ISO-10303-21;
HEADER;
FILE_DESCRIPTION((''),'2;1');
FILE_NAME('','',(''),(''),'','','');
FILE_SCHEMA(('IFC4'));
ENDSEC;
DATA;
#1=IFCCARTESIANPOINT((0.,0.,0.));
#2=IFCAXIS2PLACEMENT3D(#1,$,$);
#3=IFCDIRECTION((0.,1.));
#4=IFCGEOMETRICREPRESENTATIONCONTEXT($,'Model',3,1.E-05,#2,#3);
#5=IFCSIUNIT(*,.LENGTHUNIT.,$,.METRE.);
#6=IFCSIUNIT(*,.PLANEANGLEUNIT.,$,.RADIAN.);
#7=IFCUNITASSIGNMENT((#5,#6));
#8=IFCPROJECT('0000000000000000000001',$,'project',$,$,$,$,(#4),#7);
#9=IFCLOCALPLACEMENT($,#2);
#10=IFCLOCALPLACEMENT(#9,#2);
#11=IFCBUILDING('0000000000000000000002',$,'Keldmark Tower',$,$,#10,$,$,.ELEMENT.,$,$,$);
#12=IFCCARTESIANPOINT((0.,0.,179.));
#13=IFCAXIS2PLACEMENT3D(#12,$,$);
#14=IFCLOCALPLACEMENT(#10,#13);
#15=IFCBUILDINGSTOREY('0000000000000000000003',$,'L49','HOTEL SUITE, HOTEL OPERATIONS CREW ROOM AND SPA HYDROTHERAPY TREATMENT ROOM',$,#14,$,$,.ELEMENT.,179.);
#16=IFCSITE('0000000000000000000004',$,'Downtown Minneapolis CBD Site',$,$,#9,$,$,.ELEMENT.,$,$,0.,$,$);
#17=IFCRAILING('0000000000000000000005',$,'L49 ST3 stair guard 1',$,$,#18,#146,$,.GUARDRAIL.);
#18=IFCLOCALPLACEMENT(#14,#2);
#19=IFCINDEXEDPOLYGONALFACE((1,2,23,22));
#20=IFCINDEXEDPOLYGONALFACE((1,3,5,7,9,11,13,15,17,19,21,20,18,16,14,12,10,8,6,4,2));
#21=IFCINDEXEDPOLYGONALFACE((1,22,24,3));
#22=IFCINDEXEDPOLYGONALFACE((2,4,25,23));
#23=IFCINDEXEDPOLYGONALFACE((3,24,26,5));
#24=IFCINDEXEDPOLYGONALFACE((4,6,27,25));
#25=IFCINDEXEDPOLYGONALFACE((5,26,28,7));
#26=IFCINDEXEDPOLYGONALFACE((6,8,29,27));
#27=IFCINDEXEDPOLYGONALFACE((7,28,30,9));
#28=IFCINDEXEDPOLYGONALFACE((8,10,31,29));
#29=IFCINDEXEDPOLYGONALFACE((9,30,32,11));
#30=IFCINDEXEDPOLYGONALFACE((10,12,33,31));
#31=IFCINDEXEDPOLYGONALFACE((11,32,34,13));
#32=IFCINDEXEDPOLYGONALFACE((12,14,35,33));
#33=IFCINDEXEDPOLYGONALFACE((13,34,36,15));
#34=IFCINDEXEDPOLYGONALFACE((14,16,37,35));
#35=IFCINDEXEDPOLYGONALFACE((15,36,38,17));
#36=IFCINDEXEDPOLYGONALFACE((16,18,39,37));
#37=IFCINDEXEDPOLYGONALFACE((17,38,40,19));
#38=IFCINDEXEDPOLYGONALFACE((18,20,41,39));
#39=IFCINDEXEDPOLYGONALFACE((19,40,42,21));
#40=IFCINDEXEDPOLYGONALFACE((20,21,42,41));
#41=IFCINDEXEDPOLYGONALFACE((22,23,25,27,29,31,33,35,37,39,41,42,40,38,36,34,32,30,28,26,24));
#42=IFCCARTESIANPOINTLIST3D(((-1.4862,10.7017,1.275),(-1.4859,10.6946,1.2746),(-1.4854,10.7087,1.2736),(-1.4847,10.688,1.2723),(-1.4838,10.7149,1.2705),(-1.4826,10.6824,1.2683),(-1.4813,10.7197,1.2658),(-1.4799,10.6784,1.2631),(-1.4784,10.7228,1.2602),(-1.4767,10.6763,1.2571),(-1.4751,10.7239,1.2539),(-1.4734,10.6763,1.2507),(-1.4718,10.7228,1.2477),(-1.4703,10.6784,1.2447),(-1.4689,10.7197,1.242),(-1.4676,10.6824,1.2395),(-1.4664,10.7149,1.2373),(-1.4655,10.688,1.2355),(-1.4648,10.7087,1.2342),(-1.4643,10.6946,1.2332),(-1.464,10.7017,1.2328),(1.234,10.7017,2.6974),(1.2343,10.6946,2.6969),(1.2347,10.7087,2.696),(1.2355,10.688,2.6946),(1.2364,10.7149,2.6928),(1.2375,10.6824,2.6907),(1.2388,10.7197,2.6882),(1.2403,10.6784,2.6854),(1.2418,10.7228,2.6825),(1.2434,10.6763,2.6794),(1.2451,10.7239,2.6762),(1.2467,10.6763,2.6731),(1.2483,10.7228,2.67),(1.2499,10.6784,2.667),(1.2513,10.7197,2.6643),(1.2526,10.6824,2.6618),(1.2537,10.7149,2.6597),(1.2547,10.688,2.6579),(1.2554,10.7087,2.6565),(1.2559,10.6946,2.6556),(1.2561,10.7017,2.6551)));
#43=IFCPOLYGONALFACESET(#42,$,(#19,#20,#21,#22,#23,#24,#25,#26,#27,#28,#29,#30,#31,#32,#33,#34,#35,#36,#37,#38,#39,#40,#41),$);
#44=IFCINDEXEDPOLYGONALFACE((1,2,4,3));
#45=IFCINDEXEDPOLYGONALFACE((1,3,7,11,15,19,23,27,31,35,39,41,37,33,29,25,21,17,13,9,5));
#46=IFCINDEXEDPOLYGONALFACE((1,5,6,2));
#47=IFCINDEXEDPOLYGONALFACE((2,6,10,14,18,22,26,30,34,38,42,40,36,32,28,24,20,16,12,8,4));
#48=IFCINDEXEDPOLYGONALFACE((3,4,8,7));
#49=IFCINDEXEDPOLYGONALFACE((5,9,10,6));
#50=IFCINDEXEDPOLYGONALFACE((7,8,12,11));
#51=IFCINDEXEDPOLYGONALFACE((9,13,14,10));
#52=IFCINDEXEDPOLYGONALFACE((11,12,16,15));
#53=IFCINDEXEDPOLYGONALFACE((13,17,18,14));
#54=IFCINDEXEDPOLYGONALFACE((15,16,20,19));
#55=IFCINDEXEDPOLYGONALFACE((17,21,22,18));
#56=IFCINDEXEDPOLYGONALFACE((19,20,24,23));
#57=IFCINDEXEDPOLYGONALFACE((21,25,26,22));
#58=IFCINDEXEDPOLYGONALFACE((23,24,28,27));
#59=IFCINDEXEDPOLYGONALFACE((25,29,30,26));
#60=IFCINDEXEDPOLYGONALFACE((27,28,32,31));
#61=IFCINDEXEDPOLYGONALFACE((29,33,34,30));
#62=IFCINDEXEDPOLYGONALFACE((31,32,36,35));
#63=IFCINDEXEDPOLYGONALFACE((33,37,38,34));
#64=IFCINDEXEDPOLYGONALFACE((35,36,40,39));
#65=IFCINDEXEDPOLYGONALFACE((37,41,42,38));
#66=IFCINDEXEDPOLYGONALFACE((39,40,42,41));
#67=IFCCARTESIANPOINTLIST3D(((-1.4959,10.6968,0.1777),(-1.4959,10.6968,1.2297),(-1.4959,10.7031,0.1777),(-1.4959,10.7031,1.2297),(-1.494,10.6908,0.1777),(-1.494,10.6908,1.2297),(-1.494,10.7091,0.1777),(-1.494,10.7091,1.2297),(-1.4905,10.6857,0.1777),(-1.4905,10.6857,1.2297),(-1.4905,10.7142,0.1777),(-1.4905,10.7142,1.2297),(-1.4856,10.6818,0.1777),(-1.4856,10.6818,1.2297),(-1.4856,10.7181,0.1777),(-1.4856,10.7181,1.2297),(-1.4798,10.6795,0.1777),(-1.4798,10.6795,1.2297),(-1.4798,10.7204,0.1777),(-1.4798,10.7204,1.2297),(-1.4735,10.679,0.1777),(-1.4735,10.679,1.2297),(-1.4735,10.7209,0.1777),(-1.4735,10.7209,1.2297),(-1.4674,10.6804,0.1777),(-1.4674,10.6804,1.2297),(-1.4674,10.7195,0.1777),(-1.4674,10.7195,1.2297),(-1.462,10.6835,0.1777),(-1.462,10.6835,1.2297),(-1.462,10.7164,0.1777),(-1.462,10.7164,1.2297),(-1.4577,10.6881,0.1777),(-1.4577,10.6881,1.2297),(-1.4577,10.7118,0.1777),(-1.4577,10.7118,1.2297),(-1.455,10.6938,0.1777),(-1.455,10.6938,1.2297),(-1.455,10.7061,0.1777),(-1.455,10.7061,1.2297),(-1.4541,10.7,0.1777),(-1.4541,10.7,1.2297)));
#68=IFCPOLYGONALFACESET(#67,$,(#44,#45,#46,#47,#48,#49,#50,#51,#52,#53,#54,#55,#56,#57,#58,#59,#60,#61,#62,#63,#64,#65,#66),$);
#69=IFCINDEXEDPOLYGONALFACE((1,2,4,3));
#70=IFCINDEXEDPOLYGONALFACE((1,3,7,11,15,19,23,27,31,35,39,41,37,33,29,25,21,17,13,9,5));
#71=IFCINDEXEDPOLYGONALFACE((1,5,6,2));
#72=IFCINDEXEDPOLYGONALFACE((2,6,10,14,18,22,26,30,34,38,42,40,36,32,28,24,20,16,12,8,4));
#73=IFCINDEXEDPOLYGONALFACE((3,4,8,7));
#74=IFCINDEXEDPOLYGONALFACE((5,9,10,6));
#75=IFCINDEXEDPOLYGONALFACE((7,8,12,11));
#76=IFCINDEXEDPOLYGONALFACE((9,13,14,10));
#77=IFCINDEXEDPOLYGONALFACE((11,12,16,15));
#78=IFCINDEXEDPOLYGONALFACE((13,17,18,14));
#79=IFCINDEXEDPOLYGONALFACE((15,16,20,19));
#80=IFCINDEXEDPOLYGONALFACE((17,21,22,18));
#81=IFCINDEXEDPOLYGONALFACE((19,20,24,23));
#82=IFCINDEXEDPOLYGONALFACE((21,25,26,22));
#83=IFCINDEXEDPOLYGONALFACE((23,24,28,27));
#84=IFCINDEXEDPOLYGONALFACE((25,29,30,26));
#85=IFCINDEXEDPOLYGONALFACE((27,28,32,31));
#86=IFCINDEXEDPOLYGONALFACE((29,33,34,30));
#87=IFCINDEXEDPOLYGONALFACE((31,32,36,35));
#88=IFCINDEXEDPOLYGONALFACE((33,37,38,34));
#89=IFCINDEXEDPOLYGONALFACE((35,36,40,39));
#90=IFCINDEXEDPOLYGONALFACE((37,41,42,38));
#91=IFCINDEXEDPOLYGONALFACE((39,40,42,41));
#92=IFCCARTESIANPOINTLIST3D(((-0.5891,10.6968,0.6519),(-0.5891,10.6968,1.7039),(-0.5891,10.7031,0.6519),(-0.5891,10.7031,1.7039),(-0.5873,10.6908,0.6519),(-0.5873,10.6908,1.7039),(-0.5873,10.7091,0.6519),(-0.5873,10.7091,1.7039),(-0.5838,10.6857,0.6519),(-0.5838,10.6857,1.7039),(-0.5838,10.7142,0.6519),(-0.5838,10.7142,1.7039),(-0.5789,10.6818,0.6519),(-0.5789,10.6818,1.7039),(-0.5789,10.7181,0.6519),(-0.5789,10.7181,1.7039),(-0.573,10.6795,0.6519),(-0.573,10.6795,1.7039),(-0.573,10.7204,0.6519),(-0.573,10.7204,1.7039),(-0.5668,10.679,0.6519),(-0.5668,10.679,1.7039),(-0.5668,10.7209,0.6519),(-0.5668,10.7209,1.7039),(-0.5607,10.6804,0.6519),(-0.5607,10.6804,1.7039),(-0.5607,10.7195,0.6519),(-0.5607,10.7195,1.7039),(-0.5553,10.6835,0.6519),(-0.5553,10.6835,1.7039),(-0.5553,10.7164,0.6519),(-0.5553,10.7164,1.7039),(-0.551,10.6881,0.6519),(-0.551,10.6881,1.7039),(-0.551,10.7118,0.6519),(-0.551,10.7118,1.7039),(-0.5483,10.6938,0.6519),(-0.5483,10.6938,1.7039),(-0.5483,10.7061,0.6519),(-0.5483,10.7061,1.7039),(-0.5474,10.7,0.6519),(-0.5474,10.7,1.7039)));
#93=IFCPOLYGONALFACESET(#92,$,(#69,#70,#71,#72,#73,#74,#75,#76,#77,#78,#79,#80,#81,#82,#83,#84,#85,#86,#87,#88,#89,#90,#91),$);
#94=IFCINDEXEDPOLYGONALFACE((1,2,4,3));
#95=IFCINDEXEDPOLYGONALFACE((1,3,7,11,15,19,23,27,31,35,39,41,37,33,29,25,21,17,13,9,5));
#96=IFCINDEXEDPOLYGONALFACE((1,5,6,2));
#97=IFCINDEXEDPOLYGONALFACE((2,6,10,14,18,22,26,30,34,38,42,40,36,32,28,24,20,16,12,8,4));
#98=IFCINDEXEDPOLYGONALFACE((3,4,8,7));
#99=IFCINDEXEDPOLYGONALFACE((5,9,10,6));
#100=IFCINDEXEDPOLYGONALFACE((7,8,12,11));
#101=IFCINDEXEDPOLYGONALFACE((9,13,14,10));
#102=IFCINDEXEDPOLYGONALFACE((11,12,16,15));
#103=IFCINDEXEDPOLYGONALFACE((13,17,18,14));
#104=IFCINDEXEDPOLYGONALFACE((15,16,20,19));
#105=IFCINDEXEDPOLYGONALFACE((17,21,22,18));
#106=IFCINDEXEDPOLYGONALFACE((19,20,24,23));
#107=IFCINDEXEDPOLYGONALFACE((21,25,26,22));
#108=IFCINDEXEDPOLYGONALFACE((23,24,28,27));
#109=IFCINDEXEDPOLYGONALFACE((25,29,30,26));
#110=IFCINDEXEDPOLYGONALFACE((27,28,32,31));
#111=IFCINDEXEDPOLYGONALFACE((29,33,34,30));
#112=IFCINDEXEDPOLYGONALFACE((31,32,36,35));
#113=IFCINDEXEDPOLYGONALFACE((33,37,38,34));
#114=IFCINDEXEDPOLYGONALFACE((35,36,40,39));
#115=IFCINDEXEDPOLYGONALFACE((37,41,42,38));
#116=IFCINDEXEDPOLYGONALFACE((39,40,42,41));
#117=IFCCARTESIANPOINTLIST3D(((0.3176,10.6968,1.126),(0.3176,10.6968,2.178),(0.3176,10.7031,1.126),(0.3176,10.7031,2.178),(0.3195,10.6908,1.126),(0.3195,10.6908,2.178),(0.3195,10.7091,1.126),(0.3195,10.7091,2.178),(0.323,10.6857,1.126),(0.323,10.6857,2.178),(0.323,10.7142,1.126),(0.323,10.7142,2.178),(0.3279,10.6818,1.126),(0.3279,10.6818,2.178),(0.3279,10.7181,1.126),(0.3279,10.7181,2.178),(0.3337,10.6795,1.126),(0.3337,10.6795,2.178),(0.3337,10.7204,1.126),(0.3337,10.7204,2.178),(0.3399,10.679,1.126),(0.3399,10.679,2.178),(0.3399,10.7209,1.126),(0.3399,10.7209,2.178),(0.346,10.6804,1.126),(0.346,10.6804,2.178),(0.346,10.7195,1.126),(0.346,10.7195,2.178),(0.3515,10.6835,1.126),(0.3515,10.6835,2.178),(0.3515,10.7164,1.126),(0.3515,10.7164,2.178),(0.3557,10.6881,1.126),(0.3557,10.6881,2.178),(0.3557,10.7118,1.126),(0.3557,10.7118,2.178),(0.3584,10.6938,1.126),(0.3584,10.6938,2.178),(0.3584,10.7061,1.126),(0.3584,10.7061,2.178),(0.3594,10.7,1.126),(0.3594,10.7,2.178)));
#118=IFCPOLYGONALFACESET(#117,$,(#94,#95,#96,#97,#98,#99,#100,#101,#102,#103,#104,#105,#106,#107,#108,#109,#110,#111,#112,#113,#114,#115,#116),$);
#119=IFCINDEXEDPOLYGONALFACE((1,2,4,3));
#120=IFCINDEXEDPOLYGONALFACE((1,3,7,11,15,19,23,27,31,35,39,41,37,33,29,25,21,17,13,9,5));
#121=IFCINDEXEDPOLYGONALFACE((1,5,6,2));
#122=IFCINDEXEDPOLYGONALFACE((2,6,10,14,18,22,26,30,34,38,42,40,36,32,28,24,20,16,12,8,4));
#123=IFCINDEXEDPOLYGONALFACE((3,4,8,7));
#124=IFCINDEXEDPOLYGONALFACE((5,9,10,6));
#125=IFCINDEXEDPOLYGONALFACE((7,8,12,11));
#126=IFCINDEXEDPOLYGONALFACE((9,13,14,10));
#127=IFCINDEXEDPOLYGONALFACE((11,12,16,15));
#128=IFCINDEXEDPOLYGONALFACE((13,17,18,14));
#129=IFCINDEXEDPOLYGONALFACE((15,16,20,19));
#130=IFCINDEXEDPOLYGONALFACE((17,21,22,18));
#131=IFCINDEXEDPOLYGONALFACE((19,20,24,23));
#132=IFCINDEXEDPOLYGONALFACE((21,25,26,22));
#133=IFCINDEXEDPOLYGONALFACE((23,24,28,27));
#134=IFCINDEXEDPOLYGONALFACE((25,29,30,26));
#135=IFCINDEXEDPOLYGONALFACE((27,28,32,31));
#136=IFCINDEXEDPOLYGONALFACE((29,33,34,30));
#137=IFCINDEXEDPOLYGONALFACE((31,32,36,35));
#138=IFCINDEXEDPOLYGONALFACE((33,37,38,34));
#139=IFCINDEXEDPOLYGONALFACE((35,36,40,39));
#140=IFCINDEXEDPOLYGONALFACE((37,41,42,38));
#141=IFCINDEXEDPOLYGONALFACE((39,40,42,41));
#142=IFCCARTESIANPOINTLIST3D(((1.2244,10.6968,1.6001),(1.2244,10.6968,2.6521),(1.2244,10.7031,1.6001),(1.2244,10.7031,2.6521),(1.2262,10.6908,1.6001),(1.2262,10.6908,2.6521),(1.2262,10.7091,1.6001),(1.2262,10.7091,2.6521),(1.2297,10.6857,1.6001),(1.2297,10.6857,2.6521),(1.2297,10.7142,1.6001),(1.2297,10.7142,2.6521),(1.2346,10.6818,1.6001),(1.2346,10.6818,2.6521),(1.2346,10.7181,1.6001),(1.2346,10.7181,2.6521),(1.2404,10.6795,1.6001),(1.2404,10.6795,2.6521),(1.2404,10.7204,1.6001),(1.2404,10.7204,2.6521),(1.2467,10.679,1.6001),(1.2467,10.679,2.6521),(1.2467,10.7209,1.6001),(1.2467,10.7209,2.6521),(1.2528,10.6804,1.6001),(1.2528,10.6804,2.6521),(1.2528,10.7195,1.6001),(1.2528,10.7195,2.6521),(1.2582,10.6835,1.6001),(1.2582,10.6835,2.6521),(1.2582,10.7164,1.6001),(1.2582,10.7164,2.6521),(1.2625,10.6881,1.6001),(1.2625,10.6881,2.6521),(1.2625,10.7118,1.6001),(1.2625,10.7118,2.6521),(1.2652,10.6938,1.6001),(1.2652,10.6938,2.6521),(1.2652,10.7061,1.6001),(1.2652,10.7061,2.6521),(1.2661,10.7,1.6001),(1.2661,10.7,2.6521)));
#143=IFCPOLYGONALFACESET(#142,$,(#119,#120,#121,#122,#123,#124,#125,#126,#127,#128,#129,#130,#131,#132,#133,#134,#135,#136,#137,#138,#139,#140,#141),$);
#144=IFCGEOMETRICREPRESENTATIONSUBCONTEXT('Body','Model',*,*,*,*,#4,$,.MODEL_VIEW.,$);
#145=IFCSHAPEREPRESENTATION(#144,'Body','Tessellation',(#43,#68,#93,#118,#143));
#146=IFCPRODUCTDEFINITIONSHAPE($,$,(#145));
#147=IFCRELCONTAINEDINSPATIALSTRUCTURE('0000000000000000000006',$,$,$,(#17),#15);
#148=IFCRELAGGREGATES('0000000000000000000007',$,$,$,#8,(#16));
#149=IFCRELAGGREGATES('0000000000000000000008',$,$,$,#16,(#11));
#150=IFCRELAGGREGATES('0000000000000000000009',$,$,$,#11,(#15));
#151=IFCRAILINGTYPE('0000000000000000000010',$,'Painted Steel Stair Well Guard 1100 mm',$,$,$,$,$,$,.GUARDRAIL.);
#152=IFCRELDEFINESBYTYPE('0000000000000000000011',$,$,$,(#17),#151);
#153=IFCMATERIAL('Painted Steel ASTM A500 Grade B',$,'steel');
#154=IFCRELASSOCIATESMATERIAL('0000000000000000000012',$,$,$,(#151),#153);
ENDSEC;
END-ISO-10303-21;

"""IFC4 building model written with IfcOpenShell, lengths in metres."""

from ifc_helpers import new_model, si_unit, direction, frame, origin, origin_2d, place, context, subcontext, project, spatial, circle, extrude, material, type_object, element, save


model = new_model("IFC4")

# Units and contexts
model_context = context("Model", 3, precision=1e-05, world=origin(), true_north=direction((0.0, 1.0)))
body_context = subcontext(model_context, "Body", "Model", "MODEL_VIEW")
ifc_project = project(units=[si_unit("LENGTHUNIT", "METRE"), si_unit("PLANEANGLEUNIT", "RADIAN")], contexts=[model_context])

# Site, building, storey
site_placement = place(None, origin())
site = spatial("IfcSite", under=ifc_project, at=site_placement, Name="Downtown Minneapolis CBD Site", CompositionType="ELEMENT", RefElevation=0.0)
building_placement = place(site_placement, origin())
building = spatial("IfcBuilding", under=site, at=building_placement, Name="Keldmark Tower", CompositionType="ELEMENT")
storey_placement = place(building_placement, frame((0.0, 0.0, 179.0)))
storey = spatial("IfcBuildingStorey", under=building, at=storey_placement, Name="L49", Description="HOTEL SUITE, HOTEL OPERATIONS CREW ROOM AND SPA HYDROTHERAPY TREATMENT ROOM", CompositionType="ELEMENT", Elevation=179.0)

# Railing
ifc_material_1 = material(Name="Painted Steel ASTM A500 Grade B", Category="steel")
railing_type = type_object("IfcRailingType", Name="Painted Steel Stair Well Guard 1100 mm", PredefinedType="GUARDRAIL", material=ifc_material_1)
railing_1_placement = place(storey_placement, frame((-1.4751, 10.7, 0.1777)))
element("IfcRailing", 1, at=railing_1_placement, inside=storey, type_object=railing_type, Name="L49 ST3 stair guard 1", PredefinedType="GUARDRAIL", context=body_context, shape_type="SweptSolid", body=[
    extrude(circle(Radius=0.0239, at=origin_2d()), frame((0.0, 0.0, 1.0762), z_axis=(0.886168, 0.0, 0.463365), x_axis=(0.0, 1.0, 0.0)), (0.0, 0.0, 1.0), 3.0696),
    extrude(circle(Radius=0.021, at=origin_2d()), origin(), (0.0, 0.0, 1.0), 1.052),
    extrude(circle(Radius=0.021, at=origin_2d()), frame((0.9067, 0.0, 0.4741)), (0.0, 0.0, 1.0), 1.052),
    extrude(circle(Radius=0.021, at=origin_2d()), frame((1.8135, 0.0, 0.9482)), (0.0, 0.0, 1.0), 1.052),
    extrude(circle(Radius=0.021, at=origin_2d()), frame((2.7202, 0.0, 1.4224)), (0.0, 0.0, 1.0), 1.052),
])

save(model, "model.ifc")
